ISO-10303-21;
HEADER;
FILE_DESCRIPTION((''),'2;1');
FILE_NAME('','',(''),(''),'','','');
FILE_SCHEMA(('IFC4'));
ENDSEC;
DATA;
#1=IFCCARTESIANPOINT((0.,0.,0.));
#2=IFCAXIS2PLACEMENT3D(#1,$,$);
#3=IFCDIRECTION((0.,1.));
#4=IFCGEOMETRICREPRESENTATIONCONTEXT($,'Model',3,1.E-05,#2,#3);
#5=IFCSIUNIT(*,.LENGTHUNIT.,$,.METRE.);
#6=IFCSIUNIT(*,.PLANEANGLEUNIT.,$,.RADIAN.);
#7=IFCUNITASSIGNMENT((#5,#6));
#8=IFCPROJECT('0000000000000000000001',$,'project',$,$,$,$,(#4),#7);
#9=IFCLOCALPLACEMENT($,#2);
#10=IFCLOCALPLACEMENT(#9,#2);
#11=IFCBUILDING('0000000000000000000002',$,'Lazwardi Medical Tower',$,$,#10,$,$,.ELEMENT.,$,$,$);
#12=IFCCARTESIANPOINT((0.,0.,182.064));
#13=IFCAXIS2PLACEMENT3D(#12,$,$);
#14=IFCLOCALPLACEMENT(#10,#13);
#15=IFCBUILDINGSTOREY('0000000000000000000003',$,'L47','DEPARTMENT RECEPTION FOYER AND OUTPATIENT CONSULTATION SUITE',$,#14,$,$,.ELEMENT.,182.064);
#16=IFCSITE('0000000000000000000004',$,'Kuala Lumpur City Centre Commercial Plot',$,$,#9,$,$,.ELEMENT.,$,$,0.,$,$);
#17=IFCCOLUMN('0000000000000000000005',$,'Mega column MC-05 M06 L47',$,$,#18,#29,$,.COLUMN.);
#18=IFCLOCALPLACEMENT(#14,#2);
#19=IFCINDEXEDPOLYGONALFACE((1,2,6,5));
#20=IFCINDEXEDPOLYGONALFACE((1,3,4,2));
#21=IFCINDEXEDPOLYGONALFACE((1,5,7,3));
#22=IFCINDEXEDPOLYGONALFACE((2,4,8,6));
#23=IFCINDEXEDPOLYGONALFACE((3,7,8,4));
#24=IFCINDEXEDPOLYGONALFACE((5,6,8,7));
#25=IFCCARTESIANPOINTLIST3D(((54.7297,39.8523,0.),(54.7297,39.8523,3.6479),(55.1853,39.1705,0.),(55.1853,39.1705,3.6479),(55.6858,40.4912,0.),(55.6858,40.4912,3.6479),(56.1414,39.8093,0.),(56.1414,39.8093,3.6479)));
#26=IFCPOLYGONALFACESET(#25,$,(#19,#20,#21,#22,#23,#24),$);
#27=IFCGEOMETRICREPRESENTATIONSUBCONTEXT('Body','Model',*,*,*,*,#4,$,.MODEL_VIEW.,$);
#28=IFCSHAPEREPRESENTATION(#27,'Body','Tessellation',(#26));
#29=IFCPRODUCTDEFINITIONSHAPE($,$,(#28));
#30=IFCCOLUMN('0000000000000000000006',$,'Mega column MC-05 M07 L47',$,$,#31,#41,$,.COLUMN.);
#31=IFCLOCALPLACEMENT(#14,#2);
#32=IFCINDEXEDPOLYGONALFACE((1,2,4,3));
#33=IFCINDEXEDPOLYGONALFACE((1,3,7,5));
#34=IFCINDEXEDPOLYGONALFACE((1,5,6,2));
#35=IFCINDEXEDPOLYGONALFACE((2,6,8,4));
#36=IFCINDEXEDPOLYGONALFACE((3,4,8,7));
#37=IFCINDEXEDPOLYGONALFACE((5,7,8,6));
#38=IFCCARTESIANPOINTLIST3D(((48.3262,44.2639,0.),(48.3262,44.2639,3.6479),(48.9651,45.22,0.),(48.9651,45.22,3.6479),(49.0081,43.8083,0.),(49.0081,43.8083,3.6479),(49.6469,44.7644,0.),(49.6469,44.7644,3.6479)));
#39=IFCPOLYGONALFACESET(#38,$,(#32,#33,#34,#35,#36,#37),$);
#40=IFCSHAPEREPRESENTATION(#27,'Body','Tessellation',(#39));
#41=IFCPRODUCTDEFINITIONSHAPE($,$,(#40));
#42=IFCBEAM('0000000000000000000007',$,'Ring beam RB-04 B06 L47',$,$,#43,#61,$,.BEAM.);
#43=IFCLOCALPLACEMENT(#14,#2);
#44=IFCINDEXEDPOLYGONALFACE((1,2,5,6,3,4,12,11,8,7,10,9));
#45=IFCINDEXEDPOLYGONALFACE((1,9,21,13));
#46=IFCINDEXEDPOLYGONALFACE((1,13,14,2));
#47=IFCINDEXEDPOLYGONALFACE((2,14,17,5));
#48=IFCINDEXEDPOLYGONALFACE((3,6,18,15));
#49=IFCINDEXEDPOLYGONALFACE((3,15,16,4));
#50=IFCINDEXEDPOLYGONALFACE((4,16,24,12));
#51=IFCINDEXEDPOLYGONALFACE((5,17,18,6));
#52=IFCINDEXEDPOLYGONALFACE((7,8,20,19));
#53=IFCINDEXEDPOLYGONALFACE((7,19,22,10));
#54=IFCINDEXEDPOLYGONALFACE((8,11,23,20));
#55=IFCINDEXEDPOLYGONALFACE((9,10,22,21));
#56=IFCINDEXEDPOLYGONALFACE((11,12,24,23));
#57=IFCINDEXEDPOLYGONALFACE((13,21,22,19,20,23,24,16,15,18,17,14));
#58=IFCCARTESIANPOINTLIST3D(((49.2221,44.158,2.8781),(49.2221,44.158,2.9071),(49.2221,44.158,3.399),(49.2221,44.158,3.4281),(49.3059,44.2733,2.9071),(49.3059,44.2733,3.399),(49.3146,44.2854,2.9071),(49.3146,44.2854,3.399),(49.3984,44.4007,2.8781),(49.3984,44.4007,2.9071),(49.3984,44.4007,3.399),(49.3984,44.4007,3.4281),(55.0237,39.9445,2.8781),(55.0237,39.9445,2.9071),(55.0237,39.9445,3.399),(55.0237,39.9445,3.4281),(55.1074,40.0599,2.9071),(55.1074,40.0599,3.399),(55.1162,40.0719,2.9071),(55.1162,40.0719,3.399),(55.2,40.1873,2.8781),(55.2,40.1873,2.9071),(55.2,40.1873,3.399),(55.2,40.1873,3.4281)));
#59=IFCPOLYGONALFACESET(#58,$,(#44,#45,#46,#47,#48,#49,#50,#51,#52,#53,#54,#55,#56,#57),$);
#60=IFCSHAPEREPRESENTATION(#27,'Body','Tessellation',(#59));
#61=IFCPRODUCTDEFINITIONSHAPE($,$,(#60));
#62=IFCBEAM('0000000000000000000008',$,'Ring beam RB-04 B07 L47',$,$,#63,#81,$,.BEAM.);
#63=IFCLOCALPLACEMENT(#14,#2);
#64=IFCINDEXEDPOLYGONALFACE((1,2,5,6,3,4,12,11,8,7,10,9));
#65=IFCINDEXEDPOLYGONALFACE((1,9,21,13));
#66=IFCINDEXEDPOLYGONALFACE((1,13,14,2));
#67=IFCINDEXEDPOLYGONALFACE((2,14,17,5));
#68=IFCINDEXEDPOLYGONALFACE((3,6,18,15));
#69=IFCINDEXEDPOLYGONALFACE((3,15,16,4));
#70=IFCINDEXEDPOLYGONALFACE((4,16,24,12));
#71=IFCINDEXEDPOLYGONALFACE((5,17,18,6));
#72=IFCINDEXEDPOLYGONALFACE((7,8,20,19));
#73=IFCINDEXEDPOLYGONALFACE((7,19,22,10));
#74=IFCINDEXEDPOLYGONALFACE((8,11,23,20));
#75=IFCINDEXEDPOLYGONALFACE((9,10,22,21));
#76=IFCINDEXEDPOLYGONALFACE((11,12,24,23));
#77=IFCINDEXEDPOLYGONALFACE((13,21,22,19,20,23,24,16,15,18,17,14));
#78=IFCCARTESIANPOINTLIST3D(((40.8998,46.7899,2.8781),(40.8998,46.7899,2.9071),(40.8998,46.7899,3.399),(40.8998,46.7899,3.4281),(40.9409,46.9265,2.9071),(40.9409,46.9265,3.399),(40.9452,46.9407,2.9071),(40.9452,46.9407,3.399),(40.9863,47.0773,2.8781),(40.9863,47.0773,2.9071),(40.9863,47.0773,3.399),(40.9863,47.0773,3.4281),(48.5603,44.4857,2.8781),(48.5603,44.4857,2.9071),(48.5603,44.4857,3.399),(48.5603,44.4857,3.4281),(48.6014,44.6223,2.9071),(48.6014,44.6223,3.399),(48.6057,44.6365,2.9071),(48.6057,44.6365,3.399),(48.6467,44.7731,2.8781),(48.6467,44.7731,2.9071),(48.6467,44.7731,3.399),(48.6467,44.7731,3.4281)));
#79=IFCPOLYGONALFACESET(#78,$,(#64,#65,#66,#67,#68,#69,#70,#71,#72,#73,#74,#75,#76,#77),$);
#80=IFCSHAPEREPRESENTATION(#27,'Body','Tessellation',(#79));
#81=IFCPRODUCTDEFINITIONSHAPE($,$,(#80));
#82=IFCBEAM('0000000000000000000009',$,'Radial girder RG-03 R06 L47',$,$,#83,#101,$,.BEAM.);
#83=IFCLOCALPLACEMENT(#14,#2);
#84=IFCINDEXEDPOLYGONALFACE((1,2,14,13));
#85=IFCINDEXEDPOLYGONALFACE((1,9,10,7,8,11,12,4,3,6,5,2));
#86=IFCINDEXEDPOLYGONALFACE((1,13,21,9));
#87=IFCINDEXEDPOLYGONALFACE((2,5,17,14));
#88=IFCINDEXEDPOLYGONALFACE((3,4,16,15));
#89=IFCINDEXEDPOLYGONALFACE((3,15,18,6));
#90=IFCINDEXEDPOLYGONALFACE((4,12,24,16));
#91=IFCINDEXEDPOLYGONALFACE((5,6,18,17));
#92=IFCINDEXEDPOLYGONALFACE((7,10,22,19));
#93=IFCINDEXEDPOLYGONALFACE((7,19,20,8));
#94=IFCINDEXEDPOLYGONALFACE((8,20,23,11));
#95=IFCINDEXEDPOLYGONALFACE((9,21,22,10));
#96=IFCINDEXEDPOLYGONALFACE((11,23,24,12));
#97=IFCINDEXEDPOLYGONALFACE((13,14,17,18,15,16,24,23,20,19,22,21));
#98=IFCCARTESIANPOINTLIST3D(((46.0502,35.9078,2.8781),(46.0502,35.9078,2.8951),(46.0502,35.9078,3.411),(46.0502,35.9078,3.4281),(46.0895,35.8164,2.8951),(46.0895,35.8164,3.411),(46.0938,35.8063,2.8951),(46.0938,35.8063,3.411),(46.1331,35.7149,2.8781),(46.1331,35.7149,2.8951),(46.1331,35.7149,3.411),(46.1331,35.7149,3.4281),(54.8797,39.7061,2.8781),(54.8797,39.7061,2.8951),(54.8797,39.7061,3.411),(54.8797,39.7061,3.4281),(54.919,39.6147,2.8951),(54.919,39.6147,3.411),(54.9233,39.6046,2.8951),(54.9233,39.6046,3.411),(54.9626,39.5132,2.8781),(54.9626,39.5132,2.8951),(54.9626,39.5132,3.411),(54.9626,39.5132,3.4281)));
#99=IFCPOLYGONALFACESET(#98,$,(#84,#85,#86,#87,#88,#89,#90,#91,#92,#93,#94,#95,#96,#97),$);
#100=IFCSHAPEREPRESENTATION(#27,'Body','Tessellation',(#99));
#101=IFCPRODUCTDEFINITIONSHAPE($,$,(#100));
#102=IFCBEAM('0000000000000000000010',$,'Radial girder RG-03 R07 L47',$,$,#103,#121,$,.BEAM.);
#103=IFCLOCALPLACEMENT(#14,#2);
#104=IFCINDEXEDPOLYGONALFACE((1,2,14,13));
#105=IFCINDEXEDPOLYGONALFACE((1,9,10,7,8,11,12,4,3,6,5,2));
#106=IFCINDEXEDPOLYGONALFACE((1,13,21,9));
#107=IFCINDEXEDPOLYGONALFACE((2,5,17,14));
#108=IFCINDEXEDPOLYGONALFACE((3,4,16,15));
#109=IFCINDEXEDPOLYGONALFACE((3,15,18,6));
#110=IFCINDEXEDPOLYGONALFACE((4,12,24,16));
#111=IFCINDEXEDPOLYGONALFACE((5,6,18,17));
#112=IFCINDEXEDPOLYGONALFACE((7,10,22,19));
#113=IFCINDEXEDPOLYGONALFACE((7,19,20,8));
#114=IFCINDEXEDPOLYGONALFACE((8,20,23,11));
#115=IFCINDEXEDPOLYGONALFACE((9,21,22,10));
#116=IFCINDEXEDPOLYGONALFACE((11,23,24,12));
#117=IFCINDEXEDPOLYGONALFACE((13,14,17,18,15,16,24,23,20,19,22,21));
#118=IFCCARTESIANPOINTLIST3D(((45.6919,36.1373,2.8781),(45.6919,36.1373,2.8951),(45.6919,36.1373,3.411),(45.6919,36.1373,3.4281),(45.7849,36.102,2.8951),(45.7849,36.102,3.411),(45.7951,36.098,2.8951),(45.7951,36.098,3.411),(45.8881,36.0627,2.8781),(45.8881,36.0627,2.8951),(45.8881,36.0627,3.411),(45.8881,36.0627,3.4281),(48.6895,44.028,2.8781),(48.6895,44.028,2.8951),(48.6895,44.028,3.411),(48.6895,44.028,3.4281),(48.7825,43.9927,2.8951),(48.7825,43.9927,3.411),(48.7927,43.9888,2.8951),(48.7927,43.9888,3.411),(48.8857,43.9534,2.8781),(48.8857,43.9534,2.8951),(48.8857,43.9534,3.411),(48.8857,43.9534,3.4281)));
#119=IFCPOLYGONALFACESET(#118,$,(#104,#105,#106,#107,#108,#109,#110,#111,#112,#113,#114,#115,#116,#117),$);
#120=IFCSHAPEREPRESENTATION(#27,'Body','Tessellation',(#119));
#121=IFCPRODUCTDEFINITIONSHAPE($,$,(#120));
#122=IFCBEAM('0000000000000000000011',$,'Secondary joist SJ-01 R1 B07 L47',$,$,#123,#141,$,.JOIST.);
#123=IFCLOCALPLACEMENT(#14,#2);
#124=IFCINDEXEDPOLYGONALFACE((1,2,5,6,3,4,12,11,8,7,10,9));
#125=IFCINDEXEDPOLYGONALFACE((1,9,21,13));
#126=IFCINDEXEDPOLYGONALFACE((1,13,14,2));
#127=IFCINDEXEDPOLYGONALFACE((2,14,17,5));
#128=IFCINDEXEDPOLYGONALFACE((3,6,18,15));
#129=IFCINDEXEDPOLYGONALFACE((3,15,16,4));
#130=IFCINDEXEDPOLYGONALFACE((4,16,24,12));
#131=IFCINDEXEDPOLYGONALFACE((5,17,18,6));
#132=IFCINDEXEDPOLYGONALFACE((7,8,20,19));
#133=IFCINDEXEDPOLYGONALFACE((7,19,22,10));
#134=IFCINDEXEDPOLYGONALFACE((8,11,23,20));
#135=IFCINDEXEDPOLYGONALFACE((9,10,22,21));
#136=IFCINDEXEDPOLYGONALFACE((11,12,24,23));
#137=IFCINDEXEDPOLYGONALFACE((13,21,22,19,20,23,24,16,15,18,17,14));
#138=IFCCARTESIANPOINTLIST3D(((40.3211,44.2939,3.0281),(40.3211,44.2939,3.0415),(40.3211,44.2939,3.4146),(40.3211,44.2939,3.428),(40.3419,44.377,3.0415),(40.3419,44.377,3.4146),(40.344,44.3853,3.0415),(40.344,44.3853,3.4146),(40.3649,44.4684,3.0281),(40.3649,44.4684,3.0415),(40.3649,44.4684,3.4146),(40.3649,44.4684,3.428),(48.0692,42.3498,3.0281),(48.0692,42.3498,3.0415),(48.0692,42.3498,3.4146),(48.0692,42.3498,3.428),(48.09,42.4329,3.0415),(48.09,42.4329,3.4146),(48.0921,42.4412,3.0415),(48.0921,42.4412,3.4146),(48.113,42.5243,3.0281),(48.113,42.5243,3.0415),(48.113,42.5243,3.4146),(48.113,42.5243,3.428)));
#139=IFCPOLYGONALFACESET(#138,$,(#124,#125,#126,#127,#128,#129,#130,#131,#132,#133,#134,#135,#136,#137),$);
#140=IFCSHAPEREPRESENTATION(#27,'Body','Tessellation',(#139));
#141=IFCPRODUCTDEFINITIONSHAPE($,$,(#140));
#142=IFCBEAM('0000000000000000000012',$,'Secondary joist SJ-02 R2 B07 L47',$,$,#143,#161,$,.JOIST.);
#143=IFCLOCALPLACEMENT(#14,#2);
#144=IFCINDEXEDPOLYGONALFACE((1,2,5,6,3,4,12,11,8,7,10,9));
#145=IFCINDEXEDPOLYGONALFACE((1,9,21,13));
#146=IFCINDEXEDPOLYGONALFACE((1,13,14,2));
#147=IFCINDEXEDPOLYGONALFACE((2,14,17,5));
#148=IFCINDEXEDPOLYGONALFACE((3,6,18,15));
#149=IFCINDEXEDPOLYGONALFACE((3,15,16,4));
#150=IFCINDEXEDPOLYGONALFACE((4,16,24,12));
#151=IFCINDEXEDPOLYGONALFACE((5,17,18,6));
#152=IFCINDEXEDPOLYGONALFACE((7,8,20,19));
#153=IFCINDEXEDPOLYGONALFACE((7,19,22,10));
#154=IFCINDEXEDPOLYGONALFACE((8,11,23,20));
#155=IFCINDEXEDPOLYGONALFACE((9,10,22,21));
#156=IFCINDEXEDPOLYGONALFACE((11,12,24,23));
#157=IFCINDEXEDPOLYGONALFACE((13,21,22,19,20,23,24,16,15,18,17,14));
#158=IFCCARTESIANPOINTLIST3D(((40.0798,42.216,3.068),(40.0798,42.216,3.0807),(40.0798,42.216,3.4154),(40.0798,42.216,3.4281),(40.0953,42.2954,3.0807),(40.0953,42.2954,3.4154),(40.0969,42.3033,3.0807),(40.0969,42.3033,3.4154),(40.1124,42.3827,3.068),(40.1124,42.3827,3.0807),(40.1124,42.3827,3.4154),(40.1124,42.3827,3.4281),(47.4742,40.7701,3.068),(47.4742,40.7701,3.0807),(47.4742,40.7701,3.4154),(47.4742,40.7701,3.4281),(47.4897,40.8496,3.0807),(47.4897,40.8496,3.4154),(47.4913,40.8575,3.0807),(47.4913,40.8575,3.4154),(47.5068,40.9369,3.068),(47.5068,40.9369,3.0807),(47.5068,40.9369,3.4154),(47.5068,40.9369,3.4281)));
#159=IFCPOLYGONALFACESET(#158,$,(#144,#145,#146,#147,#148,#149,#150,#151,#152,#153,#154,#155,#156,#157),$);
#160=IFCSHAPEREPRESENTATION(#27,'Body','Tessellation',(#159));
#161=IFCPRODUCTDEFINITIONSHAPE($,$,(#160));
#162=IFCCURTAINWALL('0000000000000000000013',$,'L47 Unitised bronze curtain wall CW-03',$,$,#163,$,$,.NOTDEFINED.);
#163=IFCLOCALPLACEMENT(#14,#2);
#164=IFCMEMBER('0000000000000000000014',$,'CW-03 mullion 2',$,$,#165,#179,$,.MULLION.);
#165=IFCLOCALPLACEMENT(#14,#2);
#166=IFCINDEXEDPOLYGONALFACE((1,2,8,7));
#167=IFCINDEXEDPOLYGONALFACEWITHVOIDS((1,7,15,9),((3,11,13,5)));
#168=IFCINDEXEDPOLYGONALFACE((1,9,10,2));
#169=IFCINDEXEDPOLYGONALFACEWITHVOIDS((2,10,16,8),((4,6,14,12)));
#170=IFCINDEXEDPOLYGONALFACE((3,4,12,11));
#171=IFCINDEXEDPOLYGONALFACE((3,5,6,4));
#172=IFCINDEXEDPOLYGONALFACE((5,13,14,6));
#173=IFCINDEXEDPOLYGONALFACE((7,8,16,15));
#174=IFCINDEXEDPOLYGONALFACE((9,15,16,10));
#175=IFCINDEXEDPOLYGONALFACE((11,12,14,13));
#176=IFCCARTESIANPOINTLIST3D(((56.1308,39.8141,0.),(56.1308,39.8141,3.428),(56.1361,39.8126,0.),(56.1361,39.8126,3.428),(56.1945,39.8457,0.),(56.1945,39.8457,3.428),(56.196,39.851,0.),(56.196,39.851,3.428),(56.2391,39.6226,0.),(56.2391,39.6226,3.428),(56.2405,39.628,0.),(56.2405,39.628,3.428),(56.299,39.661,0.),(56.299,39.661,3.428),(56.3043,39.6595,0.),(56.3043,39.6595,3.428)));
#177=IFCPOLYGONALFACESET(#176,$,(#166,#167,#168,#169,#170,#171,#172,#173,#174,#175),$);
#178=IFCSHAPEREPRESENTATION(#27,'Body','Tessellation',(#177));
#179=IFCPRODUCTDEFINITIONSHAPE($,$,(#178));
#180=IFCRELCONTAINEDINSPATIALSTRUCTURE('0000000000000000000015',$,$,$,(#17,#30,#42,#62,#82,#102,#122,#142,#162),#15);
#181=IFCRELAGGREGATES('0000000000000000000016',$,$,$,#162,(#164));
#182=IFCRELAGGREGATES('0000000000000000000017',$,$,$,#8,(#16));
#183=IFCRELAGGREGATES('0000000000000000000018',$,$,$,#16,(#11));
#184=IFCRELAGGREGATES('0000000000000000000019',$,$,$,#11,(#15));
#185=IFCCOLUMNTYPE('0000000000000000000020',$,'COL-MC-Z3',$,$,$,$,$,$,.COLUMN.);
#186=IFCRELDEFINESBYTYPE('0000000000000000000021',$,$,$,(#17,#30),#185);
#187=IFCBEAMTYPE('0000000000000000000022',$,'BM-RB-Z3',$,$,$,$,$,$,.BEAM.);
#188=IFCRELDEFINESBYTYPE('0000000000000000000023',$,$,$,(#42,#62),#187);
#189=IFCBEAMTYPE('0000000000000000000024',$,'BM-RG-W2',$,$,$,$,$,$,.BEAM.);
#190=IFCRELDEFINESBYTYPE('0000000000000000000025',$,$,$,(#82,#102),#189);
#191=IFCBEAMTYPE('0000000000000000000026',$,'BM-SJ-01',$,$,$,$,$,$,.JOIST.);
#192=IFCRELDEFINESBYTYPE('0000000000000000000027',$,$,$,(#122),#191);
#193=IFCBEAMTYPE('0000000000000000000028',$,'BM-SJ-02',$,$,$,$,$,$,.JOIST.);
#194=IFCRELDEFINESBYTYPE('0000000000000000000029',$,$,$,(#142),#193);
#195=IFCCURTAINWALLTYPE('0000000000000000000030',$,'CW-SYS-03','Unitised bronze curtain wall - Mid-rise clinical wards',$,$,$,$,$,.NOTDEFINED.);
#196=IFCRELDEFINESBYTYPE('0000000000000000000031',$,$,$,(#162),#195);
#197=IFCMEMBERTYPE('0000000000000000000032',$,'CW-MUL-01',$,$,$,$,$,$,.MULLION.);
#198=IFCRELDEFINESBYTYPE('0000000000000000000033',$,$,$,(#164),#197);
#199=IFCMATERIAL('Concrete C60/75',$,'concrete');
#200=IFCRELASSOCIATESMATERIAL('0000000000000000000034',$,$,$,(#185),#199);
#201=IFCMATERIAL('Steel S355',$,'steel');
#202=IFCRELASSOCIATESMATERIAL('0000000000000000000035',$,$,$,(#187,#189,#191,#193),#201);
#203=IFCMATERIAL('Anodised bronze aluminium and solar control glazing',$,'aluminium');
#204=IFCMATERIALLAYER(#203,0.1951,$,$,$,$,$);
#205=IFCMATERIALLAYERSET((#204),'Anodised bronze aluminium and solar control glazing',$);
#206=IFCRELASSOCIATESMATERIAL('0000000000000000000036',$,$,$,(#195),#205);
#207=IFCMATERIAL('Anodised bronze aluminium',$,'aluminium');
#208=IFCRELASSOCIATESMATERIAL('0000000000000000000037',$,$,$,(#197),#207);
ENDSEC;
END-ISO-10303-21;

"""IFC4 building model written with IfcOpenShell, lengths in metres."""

from ifc_helpers import new_model, si_unit, direction, frame, origin, origin_2d, place, context, subcontext, project, spatial, rectangle, hollow_rectangle, i_section, extrude, material, layer, layer_set, material_profile, profile_set, type_object, element, aggregate, save


model = new_model("IFC4")

# Units and contexts
model_context = context("Model", 3, precision=1e-05, world=origin(), true_north=direction((0.0, 1.0)))
body_context = subcontext(model_context, "Body", "Model", "MODEL_VIEW")
ifc_project = project(units=[si_unit("LENGTHUNIT", "METRE"), si_unit("PLANEANGLEUNIT", "RADIAN")], contexts=[model_context])

# Site, building, storey
site_placement = place(None, origin())
site = spatial("IfcSite", under=ifc_project, at=site_placement, Name="Kuala Lumpur City Centre Commercial Plot", CompositionType="ELEMENT", RefElevation=0.0)
building_placement = place(site_placement, origin())
building = spatial("IfcBuilding", under=site, at=building_placement, Name="Lazwardi Medical Tower", CompositionType="ELEMENT")
storey_placement = place(building_placement, frame((0.0, 0.0, 182.064)))
storey = spatial("IfcBuildingStorey", under=building, at=storey_placement, Name="L47", Description="DEPARTMENT RECEPTION FOYER AND OUTPATIENT CONSULTATION SUITE", CompositionType="ELEMENT", Elevation=182.064)

# Columns
ifc_material_1 = material(Name="Concrete C60/75", Category="concrete")
ifc_material_profile_1 = material_profile(ifc_material_1, rectangle(XDim=1.1499, YDim=0.8201, at=origin_2d()), Name="CFT-RECT 1150x820")
ifc_profile_set_1 = profile_set([ifc_material_profile_1], Name="Concrete C60/75")
column_type = type_object("IfcColumnType", Name="COL-MC-Z3", PredefinedType="COLUMN", material=ifc_profile_set_1)
for number, where, z_axis, x_axis, name in (
    (1, (55.4355, 39.8308, 0.0), (0.0, 0.0, 1.0), (0.83147, 0.55557, 0.0), "Mega column MC-05 M06 L47"),
    (2, (48.9866, 44.5142, 0.0), (0.0, 0.0, 1.0), (0.55557, 0.83147, 0.0), "Mega column MC-05 M07 L47"),
):
    element("IfcColumn", number, at=place(storey_placement, frame(where, z_axis=z_axis, x_axis=x_axis)), inside=storey, type_object=column_type, Name=name, PredefinedType="COLUMN", context=body_context, shape_type="SweptSolid", body=[
        extrude(rectangle(XDim=1.1499, YDim=0.8201, at=origin_2d()), origin(), (0.0, 0.0, 1.0), 3.6479),
    ])

# Beams
ifc_material_2 = material(Name="Steel S355", Category="steel")
ifc_material_profile_2 = material_profile(ifc_material_2, i_section(OverallWidth=0.3, OverallDepth=0.55, WebThickness=0.0149, FlangeThickness=0.0291, at=origin_2d()), Name="HEB 550")
ifc_profile_set_2 = profile_set([ifc_material_profile_2], Name="Steel S355")
beam_type_1 = type_object("IfcBeamType", Name="BM-RB-Z3", PredefinedType="BEAM", material=ifc_profile_set_2)
beam_1_placement = place(storey_placement, frame((55.1118, 40.0659, 3.1531), z_axis=(-0.809128, 0.587633, 0.0), x_axis=(-0.587633, -0.809128, 0.0)))
element("IfcBeam", 3, at=beam_1_placement, inside=storey, type_object=beam_type_1, Name="Ring beam RB-04 B06 L47", PredefinedType="BEAM", context=body_context, shape_type="SweptSolid", body=[
    extrude(i_section(OverallWidth=0.3, OverallDepth=0.55, WebThickness=0.0149, FlangeThickness=0.0291, at=origin_2d()), origin(), (0.0, 0.0, 1.0), 7.1702),
])
beam_2_placement = place(storey_placement, frame((48.6035, 44.6294, 3.1531), z_axis=(-0.957617, 0.288045, 0.0), x_axis=(-0.288045, -0.957617, 0.0)))
element("IfcBeam", 4, at=beam_2_placement, inside=storey, type_object=beam_type_1, Name="Ring beam RB-04 B07 L47", PredefinedType="BEAM", context=body_context, shape_type="SweptSolid", body=[
    extrude(i_section(OverallWidth=0.3, OverallDepth=0.55, WebThickness=0.0149, FlangeThickness=0.0291, at=origin_2d()), origin(), (0.0, 0.0, 1.0), 7.9995),
])
ifc_material_profile_3 = material_profile(ifc_material_2, i_section(OverallWidth=0.21, OverallDepth=0.55, WebThickness=0.011, FlangeThickness=0.0171, at=origin_2d()), Name="IPE 550")
ifc_profile_set_3 = profile_set([ifc_material_profile_3], Name="Steel S355")
beam_type_2 = type_object("IfcBeamType", Name="BM-RG-W2", PredefinedType="BEAM", material=ifc_profile_set_3)
beam_3_placement = place(storey_placement, frame((54.9211, 39.6096, 3.1531), z_axis=(-0.918608, -0.39517, 0.0), x_axis=(0.39517, -0.918608, 0.0)))
element("IfcBeam", 5, at=beam_3_placement, inside=storey, type_object=beam_type_2, Name="Radial girder RG-03 R06 L47", PredefinedType="BEAM", context=body_context, shape_type="SweptSolid", body=[
    extrude(i_section(OverallWidth=0.21, OverallDepth=0.55, WebThickness=0.011, FlangeThickness=0.0171, at=origin_2d()), origin(), (0.0, 0.0, 1.0), 9.6118),
])
beam_4_placement = place(storey_placement, frame((48.7876, 43.9907, 3.1531), z_axis=(-0.355127, -0.934818, 0.0), x_axis=(0.934818, -0.355127, 0.0)))
element("IfcBeam", 6, at=beam_4_placement, inside=storey, type_object=beam_type_2, Name="Radial girder RG-03 R07 L47", PredefinedType="BEAM", context=body_context, shape_type="SweptSolid", body=[
    extrude(i_section(OverallWidth=0.21, OverallDepth=0.55, WebThickness=0.011, FlangeThickness=0.0171, at=origin_2d()), origin(), (0.0, 0.0, 1.0), 8.4409),
])
ifc_material_profile_4 = material_profile(ifc_material_2, i_section(OverallWidth=0.1799, OverallDepth=0.3999, WebThickness=0.0085, FlangeThickness=0.0134, at=origin_2d()), Name="IPE 400")
ifc_profile_set_4 = profile_set([ifc_material_profile_4], Name="Steel S355")
beam_type_3 = type_object("IfcBeamType", Name="BM-SJ-01", PredefinedType="JOIST", material=ifc_profile_set_4)
beam_5_placement = place(storey_placement, frame((48.0911, 42.437, 3.228), z_axis=(-0.969934, 0.24337, 0.0), x_axis=(-0.24337, -0.969934, 0.0)))
element("IfcBeam", 7, at=beam_5_placement, inside=storey, type_object=beam_type_3, Name="Secondary joist SJ-01 R1 B07 L47", PredefinedType="JOIST", context=body_context, shape_type="SweptSolid", body=[
    extrude(i_section(OverallWidth=0.1799, OverallDepth=0.3999, WebThickness=0.0085, FlangeThickness=0.0134, at=origin_2d()), origin(), (0.0, 0.0, 1.0), 7.9883),
])
ifc_material_profile_5 = material_profile(ifc_material_2, i_section(OverallWidth=0.1699, OverallDepth=0.3601, WebThickness=0.0081, FlangeThickness=0.0127, at=origin_2d()), Name="IPE 360")
ifc_profile_set_5 = profile_set([ifc_material_profile_5], Name="Steel S355")
beam_type_4 = type_object("IfcBeamType", Name="BM-SJ-02", PredefinedType="JOIST", material=ifc_profile_set_5)
beam_6_placement = place(storey_placement, frame((47.4905, 40.8535, 3.248), z_axis=(-0.981415, 0.191896, 0.0), x_axis=(-0.191896, -0.981415, 0.0)))
element("IfcBeam", 8, at=beam_6_placement, inside=storey, type_object=beam_type_4, Name="Secondary joist SJ-02 R2 B07 L47", PredefinedType="JOIST", context=body_context, shape_type="SweptSolid", body=[
    extrude(i_section(OverallWidth=0.1699, OverallDepth=0.3601, WebThickness=0.0081, FlangeThickness=0.0127, at=origin_2d()), origin(), (0.0, 0.0, 1.0), 7.5344),
])

# Curtain wall, member
ifc_material_3 = material(Name="Anodised bronze aluminium and solar control glazing", Category="aluminium")
ifc_layer_1 = layer(ifc_material_3, 0.1951)
ifc_layer_set_1 = layer_set([ifc_layer_1], Name="Anodised bronze aluminium and solar control glazing")
curtain_wall_type = type_object("IfcCurtainWallType", Name="CW-SYS-03", Description="Unitised bronze curtain wall - Mid-rise clinical wards", PredefinedType="NOTDEFINED", material=ifc_layer_set_1)
curtain_wall_1_placement = place(storey_placement, origin())
curtain_wall_1 = element("IfcCurtainWall", 9, at=curtain_wall_1_placement, inside=storey, type_object=curtain_wall_type, Name="L47 Unitised bronze curtain wall CW-03", PredefinedType="NOTDEFINED")
ifc_material_4 = material(Name="Anodised bronze aluminium", Category="aluminium")
ifc_material_profile_6 = material_profile(ifc_material_4, hollow_rectangle(XDim=0.075, YDim=0.22, WallThickness=0.0039, at=origin_2d()), Name="ALU-MULLION 220x75x4")
ifc_profile_set_6 = profile_set([ifc_material_profile_6], Name="Anodised bronze aluminium")
member_type_1 = type_object("IfcMemberType", Name="CW-MUL-01", PredefinedType="MULLION", material=ifc_profile_set_6)
member_1_placement = place(storey_placement, frame((56.2175, 39.7368, 0.0), z_axis=(0.0, 0.0, 1.0), x_axis=(-0.870419, -0.492312, 0.0)))
member_1 = element("IfcMember", 10, at=member_1_placement, type_object=member_type_1, Name="CW-03 mullion 2", PredefinedType="MULLION", context=body_context, shape_type="SweptSolid", body=[
    extrude(hollow_rectangle(XDim=0.075, YDim=0.22, WallThickness=0.0039, at=origin_2d()), origin(), (0.0, 0.0, 1.0), 3.428),
])
aggregate(curtain_wall_1, [member_1])

save(model, "model.ifc")
